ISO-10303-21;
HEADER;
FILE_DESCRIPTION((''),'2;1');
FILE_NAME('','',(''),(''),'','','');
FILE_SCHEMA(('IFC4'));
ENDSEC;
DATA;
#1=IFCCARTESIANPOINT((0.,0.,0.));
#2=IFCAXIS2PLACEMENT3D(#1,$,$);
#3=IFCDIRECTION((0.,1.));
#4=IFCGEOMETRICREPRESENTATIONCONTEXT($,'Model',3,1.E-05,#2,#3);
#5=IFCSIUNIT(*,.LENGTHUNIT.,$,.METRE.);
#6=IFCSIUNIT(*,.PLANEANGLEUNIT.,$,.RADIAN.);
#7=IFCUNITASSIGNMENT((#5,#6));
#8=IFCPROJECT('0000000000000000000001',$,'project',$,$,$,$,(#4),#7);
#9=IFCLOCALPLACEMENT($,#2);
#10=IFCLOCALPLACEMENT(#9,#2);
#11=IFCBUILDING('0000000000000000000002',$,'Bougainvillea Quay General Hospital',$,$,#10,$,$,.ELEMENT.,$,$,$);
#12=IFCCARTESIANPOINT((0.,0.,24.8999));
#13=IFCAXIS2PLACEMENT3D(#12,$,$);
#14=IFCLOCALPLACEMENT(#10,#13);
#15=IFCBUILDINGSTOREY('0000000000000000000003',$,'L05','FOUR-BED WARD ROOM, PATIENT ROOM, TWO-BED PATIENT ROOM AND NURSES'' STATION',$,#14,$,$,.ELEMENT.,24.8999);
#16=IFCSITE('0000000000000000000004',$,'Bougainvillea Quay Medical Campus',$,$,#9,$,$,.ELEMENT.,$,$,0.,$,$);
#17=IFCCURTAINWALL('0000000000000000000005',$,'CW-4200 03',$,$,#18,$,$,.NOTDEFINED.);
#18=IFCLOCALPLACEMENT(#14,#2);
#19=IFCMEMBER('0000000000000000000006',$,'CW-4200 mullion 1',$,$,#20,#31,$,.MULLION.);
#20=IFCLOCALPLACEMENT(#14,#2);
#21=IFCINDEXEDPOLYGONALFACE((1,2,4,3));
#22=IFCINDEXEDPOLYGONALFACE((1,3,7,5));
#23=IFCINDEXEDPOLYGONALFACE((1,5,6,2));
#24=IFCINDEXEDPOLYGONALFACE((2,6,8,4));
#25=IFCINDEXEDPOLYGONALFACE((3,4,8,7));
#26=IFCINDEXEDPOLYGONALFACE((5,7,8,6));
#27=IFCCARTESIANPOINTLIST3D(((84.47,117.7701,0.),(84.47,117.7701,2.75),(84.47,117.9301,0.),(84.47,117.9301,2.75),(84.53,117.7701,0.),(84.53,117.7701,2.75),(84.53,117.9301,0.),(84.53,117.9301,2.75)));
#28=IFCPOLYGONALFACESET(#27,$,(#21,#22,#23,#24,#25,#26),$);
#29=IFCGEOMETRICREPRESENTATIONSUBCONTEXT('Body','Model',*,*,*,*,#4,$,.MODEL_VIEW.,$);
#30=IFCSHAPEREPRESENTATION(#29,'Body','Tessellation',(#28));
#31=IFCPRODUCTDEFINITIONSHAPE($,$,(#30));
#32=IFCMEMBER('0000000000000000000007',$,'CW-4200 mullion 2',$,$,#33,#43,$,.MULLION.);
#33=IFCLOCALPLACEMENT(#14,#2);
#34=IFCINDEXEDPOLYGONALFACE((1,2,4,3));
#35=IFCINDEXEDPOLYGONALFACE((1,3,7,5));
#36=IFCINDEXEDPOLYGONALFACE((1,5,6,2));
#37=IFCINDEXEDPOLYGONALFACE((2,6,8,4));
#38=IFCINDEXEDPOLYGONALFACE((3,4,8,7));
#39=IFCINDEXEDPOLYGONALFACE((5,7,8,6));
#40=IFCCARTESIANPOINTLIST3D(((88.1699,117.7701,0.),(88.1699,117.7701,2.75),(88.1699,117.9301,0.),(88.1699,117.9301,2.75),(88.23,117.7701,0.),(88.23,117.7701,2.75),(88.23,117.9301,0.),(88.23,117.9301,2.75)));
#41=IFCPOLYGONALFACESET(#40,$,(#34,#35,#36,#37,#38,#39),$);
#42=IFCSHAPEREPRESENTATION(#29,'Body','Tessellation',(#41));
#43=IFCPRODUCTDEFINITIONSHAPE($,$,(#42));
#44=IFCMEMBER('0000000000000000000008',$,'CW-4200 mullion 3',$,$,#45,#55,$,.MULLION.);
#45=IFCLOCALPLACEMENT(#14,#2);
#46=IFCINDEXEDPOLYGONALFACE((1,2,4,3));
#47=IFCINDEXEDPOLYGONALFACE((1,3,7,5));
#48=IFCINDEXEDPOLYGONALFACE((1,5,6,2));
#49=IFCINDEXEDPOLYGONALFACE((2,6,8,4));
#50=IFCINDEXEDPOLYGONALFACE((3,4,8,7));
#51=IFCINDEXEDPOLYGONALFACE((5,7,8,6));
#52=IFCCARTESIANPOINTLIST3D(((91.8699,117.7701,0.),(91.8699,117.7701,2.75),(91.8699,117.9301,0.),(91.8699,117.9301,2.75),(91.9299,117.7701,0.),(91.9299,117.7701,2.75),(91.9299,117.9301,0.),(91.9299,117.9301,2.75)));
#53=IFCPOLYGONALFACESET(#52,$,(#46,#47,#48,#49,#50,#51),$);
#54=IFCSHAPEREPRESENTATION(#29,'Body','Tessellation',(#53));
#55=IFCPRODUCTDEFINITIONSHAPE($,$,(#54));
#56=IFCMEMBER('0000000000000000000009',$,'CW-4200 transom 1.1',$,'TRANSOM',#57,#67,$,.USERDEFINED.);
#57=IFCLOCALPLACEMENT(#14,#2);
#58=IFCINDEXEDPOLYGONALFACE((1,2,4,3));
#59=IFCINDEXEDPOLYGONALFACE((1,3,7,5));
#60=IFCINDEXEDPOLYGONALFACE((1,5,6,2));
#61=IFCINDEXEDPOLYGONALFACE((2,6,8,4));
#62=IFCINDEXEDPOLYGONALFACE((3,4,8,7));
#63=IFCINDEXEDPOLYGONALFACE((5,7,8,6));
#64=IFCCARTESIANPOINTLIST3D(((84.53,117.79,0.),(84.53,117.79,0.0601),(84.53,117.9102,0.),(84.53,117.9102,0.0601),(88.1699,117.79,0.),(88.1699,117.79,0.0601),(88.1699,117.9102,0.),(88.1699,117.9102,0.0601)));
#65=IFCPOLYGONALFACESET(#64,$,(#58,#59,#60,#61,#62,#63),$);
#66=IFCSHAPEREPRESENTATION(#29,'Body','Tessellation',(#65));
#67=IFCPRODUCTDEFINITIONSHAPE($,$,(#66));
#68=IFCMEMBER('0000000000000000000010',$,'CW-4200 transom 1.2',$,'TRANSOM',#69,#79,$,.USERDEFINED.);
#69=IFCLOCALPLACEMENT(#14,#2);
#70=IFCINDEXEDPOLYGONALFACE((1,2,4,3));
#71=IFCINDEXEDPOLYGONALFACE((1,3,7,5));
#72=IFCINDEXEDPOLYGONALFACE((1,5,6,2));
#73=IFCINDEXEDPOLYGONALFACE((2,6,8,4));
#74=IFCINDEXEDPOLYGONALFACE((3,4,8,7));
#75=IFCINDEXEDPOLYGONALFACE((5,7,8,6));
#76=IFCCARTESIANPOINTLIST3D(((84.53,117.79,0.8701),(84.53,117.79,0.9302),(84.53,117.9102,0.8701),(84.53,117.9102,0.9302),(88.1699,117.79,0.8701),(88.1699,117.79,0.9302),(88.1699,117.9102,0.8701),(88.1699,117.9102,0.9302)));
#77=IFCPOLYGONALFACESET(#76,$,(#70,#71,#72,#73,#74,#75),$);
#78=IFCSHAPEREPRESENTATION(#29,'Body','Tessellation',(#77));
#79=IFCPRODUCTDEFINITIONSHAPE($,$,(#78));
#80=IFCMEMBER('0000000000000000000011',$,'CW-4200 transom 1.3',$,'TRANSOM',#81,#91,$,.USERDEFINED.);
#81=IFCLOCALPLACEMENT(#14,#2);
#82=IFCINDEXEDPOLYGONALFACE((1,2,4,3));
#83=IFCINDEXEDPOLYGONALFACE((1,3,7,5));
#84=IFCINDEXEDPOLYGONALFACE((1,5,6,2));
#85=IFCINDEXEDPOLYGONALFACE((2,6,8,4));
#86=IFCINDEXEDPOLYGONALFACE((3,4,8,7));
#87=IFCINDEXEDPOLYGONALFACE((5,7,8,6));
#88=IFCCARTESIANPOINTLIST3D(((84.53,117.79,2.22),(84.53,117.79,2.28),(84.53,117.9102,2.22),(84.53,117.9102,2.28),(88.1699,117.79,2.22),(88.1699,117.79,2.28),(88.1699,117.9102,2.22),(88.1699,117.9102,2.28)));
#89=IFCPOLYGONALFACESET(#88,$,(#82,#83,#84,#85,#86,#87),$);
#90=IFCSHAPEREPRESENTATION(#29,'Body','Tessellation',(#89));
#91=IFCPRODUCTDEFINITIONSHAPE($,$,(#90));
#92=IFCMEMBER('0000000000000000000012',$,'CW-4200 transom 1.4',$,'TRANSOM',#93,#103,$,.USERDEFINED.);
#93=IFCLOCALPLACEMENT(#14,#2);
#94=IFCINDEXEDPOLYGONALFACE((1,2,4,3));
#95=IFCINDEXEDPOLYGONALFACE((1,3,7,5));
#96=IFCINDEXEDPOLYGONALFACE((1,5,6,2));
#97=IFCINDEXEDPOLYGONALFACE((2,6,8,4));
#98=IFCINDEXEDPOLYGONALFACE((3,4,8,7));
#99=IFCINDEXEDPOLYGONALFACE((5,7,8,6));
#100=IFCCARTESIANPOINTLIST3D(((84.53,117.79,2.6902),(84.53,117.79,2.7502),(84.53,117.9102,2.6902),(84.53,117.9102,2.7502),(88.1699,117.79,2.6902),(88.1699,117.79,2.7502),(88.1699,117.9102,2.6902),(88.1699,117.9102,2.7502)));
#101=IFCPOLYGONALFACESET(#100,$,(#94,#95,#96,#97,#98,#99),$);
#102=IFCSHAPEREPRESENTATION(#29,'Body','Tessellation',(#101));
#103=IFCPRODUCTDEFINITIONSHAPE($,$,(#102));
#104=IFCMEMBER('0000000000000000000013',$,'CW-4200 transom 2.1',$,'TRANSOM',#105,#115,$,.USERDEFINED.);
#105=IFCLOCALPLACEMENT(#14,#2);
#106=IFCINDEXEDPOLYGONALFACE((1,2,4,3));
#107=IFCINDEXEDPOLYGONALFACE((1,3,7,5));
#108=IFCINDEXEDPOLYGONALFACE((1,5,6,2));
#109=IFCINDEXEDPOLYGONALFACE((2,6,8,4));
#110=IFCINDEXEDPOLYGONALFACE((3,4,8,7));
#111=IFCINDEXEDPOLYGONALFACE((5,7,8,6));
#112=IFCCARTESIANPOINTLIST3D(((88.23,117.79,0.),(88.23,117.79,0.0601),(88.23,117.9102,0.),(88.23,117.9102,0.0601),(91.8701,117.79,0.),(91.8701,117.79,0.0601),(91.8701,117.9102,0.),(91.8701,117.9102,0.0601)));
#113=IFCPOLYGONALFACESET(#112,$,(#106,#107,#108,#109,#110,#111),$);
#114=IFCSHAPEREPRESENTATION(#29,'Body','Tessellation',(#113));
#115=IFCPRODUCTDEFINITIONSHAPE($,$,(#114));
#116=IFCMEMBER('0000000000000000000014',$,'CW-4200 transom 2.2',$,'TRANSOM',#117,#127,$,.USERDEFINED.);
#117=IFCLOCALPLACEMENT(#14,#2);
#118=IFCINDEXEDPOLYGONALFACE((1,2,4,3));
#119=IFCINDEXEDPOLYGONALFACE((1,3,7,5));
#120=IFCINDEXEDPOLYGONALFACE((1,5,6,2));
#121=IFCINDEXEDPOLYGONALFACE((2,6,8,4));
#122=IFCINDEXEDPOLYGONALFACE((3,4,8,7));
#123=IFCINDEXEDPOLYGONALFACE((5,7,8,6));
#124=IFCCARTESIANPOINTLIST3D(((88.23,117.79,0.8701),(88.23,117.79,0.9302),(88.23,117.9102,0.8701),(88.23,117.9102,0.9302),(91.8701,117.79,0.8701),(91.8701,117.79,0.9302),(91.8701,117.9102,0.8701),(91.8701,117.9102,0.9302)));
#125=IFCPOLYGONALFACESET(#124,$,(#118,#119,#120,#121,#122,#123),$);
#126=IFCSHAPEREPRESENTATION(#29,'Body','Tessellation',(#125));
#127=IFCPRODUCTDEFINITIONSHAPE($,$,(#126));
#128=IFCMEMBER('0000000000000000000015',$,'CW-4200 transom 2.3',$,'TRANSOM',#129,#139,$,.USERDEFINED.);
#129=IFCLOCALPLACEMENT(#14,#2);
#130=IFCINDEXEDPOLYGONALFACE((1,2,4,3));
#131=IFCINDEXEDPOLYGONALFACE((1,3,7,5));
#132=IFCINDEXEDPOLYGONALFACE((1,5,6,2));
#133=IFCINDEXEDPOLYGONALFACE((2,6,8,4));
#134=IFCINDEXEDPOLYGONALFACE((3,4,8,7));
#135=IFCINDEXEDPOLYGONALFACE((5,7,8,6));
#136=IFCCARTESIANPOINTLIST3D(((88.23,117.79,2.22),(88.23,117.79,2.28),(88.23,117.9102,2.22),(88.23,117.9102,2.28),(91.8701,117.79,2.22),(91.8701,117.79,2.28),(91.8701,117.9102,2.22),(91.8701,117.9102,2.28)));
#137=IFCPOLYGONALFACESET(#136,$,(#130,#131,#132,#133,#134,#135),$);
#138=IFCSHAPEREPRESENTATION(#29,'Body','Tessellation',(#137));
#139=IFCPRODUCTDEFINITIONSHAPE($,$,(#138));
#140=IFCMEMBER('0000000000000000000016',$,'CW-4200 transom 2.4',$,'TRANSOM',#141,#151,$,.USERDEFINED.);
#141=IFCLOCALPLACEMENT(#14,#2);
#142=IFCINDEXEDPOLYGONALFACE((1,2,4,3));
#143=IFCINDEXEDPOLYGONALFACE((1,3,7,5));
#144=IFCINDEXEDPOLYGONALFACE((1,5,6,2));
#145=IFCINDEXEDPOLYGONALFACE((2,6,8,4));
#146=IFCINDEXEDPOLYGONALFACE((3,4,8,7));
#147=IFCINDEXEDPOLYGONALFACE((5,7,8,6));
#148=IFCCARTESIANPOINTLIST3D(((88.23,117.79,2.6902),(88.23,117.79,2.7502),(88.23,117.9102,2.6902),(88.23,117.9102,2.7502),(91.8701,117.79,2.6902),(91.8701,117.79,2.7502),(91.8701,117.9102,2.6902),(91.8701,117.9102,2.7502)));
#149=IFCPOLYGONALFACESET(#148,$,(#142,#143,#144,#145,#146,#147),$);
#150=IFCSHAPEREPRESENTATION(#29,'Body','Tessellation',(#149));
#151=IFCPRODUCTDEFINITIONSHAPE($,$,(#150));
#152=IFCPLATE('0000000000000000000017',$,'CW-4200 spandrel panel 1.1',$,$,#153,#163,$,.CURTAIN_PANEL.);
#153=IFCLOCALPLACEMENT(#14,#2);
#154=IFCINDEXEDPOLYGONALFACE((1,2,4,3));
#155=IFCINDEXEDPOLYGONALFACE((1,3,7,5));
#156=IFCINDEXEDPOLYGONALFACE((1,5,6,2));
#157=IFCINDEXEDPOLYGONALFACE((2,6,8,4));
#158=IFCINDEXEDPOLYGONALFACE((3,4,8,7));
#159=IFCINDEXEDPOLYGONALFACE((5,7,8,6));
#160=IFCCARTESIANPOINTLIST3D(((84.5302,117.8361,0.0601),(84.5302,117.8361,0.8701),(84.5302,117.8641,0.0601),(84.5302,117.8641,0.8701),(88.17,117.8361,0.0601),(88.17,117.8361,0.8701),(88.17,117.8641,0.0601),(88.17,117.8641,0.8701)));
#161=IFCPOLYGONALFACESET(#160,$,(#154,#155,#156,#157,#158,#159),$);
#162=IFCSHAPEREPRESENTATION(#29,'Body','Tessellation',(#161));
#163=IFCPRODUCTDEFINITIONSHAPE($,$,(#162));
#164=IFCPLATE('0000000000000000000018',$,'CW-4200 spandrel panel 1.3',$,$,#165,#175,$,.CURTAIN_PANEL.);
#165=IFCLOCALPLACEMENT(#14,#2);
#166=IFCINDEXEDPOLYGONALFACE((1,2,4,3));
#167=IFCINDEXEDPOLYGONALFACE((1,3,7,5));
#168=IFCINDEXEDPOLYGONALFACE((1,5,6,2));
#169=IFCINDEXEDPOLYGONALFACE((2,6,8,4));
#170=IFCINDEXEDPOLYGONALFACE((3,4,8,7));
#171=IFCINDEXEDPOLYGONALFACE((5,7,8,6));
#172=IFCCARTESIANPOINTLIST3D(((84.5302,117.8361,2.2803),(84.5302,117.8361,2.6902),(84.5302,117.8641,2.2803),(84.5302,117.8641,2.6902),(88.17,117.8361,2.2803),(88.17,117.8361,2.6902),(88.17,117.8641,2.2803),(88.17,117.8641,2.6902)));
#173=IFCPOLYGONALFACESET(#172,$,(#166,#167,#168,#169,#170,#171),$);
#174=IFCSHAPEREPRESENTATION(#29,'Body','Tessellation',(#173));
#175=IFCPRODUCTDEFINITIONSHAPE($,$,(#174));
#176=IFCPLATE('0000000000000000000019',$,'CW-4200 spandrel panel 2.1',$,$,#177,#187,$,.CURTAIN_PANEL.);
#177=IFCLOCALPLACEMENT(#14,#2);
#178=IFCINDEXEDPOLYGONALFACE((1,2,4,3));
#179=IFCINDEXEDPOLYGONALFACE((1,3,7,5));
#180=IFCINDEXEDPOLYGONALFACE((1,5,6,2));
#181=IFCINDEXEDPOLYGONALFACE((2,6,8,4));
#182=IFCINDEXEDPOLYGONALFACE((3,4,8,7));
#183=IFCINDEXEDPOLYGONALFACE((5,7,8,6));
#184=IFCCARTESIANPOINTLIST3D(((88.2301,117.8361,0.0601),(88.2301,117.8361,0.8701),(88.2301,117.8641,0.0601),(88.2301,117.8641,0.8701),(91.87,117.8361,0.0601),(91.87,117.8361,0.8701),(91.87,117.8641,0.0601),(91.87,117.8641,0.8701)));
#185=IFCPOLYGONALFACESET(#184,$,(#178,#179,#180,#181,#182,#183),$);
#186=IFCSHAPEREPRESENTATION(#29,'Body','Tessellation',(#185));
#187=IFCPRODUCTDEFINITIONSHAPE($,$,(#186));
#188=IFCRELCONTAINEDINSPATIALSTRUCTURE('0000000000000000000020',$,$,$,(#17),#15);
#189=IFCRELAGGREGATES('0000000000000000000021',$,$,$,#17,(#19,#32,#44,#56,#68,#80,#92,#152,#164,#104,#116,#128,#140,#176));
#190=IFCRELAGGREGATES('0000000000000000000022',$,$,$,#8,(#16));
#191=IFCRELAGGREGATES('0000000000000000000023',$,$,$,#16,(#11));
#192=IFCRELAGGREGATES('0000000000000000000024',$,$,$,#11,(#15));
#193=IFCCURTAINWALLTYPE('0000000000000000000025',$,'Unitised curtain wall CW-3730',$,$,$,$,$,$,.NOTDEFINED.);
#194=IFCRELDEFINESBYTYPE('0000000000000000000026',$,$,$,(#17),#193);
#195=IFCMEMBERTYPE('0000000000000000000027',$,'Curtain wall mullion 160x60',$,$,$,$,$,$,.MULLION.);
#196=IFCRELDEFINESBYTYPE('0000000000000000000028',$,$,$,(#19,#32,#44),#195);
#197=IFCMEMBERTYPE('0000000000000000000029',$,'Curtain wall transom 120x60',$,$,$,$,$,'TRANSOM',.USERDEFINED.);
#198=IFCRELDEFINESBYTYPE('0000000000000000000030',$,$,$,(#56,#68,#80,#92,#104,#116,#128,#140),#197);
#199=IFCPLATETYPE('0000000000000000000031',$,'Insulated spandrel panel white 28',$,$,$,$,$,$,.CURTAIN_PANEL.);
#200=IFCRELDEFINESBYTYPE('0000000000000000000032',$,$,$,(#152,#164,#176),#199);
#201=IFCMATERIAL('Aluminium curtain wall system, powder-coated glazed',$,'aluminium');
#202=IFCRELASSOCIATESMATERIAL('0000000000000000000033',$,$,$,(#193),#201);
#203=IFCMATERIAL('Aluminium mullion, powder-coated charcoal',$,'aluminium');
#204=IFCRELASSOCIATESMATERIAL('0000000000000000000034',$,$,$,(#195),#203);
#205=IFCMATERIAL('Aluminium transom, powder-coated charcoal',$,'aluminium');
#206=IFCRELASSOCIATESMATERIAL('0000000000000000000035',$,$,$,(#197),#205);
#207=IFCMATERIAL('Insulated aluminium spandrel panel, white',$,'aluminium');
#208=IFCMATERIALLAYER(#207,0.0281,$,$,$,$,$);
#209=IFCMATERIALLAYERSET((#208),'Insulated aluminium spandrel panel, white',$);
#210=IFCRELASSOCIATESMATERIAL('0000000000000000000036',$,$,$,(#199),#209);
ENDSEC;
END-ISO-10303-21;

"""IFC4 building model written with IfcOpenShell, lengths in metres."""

from ifc_helpers import new_model, si_unit, direction, frame, origin, origin_2d, place, context, subcontext, project, spatial, rectangle, extrude, material, layer, layer_set, material_profile, profile_set, type_object, element, aggregate, save


model = new_model("IFC4")

# Units and contexts
model_context = context("Model", 3, precision=1e-05, world=origin(), true_north=direction((0.0, 1.0)))
body_context = subcontext(model_context, "Body", "Model", "MODEL_VIEW")
ifc_project = project(units=[si_unit("LENGTHUNIT", "METRE"), si_unit("PLANEANGLEUNIT", "RADIAN")], contexts=[model_context])

# Site, building, storey
site_placement = place(None, origin())
site = spatial("IfcSite", under=ifc_project, at=site_placement, Name="Bougainvillea Quay Medical Campus", CompositionType="ELEMENT", RefElevation=0.0)
building_placement = place(site_placement, origin())
building = spatial("IfcBuilding", under=site, at=building_placement, Name="Bougainvillea Quay General Hospital", CompositionType="ELEMENT")
storey_placement = place(building_placement, frame((0.0, 0.0, 24.8999)))
storey = spatial("IfcBuildingStorey", under=building, at=storey_placement, Name="L05", Description="FOUR-BED WARD ROOM, PATIENT ROOM, TWO-BED PATIENT ROOM AND NURSES' STATION", CompositionType="ELEMENT", Elevation=24.8999)

# Curtain wall, members, plates
ifc_material_1 = material(Name="Aluminium curtain wall system, powder-coated glazed", Category="aluminium")
curtain_wall_type = type_object("IfcCurtainWallType", Name="Unitised curtain wall CW-3730", PredefinedType="NOTDEFINED", material=ifc_material_1)
curtain_wall_placement = place(storey_placement, origin())
curtain_wall = element("IfcCurtainWall", 1, at=curtain_wall_placement, inside=storey, type_object=curtain_wall_type, Name="CW-4200 03", PredefinedType="NOTDEFINED")
ifc_material_2 = material(Name="Aluminium mullion, powder-coated charcoal", Category="aluminium")
ifc_material_profile_1 = material_profile(ifc_material_2, rectangle(XDim=0.1599, YDim=0.0601, at=origin_2d()))
ifc_profile_set_1 = profile_set([ifc_material_profile_1], Name="Aluminium mullion, powder-coated charcoal")
member_type_1 = type_object("IfcMemberType", Name="Curtain wall mullion 160x60", PredefinedType="MULLION", material=ifc_profile_set_1)
member_1_placement = place(storey_placement, frame((84.5, 117.8501, 0.0), z_axis=(0.0, 0.0, 1.0), x_axis=(0.0, 1.0, 0.0)))
member_1 = element("IfcMember", 2, at=member_1_placement, type_object=member_type_1, Name="CW-4200 mullion 1", PredefinedType="MULLION", context=body_context, shape_type="SweptSolid", body=[
    extrude(rectangle(XDim=0.1599, YDim=0.0601, at=origin_2d()), origin(), (0.0, 0.0, 1.0), 2.75),
])
member_2_placement = place(storey_placement, frame((88.2, 117.8501, 0.0), z_axis=(0.0, 0.0, 1.0), x_axis=(0.0, 1.0, 0.0)))
member_2 = element("IfcMember", 3, at=member_2_placement, type_object=member_type_1, Name="CW-4200 mullion 2", PredefinedType="MULLION", context=body_context, shape_type="SweptSolid", body=[
    extrude(rectangle(XDim=0.1599, YDim=0.0601, at=origin_2d()), origin(), (0.0, 0.0, 1.0), 2.75),
])
member_3_placement = place(storey_placement, frame((91.8999, 117.8501, 0.0), z_axis=(0.0, 0.0, 1.0), x_axis=(0.0, 1.0, 0.0)))
member_3 = element("IfcMember", 4, at=member_3_placement, type_object=member_type_1, Name="CW-4200 mullion 3", PredefinedType="MULLION", context=body_context, shape_type="SweptSolid", body=[
    extrude(rectangle(XDim=0.1599, YDim=0.0601, at=origin_2d()), origin(), (0.0, 0.0, 1.0), 2.75),
])
ifc_material_3 = material(Name="Aluminium transom, powder-coated charcoal", Category="aluminium")
ifc_material_profile_2 = material_profile(ifc_material_3, rectangle(XDim=0.1201, YDim=0.0601, at=origin_2d()))
ifc_profile_set_2 = profile_set([ifc_material_profile_2], Name="Aluminium transom, powder-coated charcoal")
member_type_2 = type_object("IfcMemberType", Name="Curtain wall transom 120x60", ElementType="TRANSOM", PredefinedType="USERDEFINED", material=ifc_profile_set_2)
member_4_placement = place(storey_placement, frame((84.53, 117.8501, 0.03), z_axis=(1.0, 0.0, 0.0), x_axis=(0.0, 1.0, 0.0)))
member_4 = element("IfcMember", 5, at=member_4_placement, type_object=member_type_2, Name="CW-4200 transom 1.1", ObjectType="TRANSOM", PredefinedType="USERDEFINED", context=body_context, shape_type="SweptSolid", body=[
    extrude(rectangle(XDim=0.1201, YDim=0.0601, at=origin_2d()), origin(), (0.0, 0.0, 1.0), 3.6399),
])
member_5_placement = place(storey_placement, frame((84.53, 117.8501, 0.9001), z_axis=(1.0, 0.0, 0.0), x_axis=(0.0, 1.0, 0.0)))
member_5 = element("IfcMember", 6, at=member_5_placement, type_object=member_type_2, Name="CW-4200 transom 1.2", ObjectType="TRANSOM", PredefinedType="USERDEFINED", context=body_context, shape_type="SweptSolid", body=[
    extrude(rectangle(XDim=0.1201, YDim=0.0601, at=origin_2d()), origin(), (0.0, 0.0, 1.0), 3.6399),
])
member_6_placement = place(storey_placement, frame((84.53, 117.8501, 2.25), z_axis=(1.0, 0.0, 0.0), x_axis=(0.0, 1.0, 0.0)))
member_6 = element("IfcMember", 7, at=member_6_placement, type_object=member_type_2, Name="CW-4200 transom 1.3", ObjectType="TRANSOM", PredefinedType="USERDEFINED", context=body_context, shape_type="SweptSolid", body=[
    extrude(rectangle(XDim=0.1201, YDim=0.0601, at=origin_2d()), origin(), (0.0, 0.0, 1.0), 3.6399),
])
member_7_placement = place(storey_placement, frame((84.53, 117.8501, 2.7202), z_axis=(1.0, 0.0, 0.0), x_axis=(0.0, 1.0, 0.0)))
member_7 = element("IfcMember", 8, at=member_7_placement, type_object=member_type_2, Name="CW-4200 transom 1.4", ObjectType="TRANSOM", PredefinedType="USERDEFINED", context=body_context, shape_type="SweptSolid", body=[
    extrude(rectangle(XDim=0.1201, YDim=0.0601, at=origin_2d()), origin(), (0.0, 0.0, 1.0), 3.6399),
])
member_8_placement = place(storey_placement, frame((88.23, 117.8501, 0.03), z_axis=(1.0, 0.0, 0.0), x_axis=(0.0, 1.0, 0.0)))
member_8 = element("IfcMember", 9, at=member_8_placement, type_object=member_type_2, Name="CW-4200 transom 2.1", ObjectType="TRANSOM", PredefinedType="USERDEFINED", context=body_context, shape_type="SweptSolid", body=[
    extrude(rectangle(XDim=0.1201, YDim=0.0601, at=origin_2d()), origin(), (0.0, 0.0, 1.0), 3.6401),
])
member_9_placement = place(storey_placement, frame((88.23, 117.8501, 0.9001), z_axis=(1.0, 0.0, 0.0), x_axis=(0.0, 1.0, 0.0)))
member_9 = element("IfcMember", 10, at=member_9_placement, type_object=member_type_2, Name="CW-4200 transom 2.2", ObjectType="TRANSOM", PredefinedType="USERDEFINED", context=body_context, shape_type="SweptSolid", body=[
    extrude(rectangle(XDim=0.1201, YDim=0.0601, at=origin_2d()), origin(), (0.0, 0.0, 1.0), 3.6401),
])
member_10_placement = place(storey_placement, frame((88.23, 117.8501, 2.25), z_axis=(1.0, 0.0, 0.0), x_axis=(0.0, 1.0, 0.0)))
member_10 = element("IfcMember", 11, at=member_10_placement, type_object=member_type_2, Name="CW-4200 transom 2.3", ObjectType="TRANSOM", PredefinedType="USERDEFINED", context=body_context, shape_type="SweptSolid", body=[
    extrude(rectangle(XDim=0.1201, YDim=0.0601, at=origin_2d()), origin(), (0.0, 0.0, 1.0), 3.6401),
])
member_11_placement = place(storey_placement, frame((88.23, 117.8501, 2.7202), z_axis=(1.0, 0.0, 0.0), x_axis=(0.0, 1.0, 0.0)))
member_11 = element("IfcMember", 12, at=member_11_placement, type_object=member_type_2, Name="CW-4200 transom 2.4", ObjectType="TRANSOM", PredefinedType="USERDEFINED", context=body_context, shape_type="SweptSolid", body=[
    extrude(rectangle(XDim=0.1201, YDim=0.0601, at=origin_2d()), origin(), (0.0, 0.0, 1.0), 3.6401),
])
ifc_material_4 = material(Name="Insulated aluminium spandrel panel, white", Category="aluminium")
ifc_layer_1 = layer(ifc_material_4, 0.0281)
ifc_layer_set_1 = layer_set([ifc_layer_1], Name="Insulated aluminium spandrel panel, white")
plate_type_1 = type_object("IfcPlateType", Name="Insulated spandrel panel white 28", PredefinedType="CURTAIN_PANEL", material=ifc_layer_set_1)
plate_1_placement = place(storey_placement, frame((86.3501, 117.8501, 0.0601), z_axis=(0.0, 0.0, 1.0), x_axis=(1.0, 0.0, 0.0)))
plate_1 = element("IfcPlate", 13, at=plate_1_placement, type_object=plate_type_1, Name="CW-4200 spandrel panel 1.1", PredefinedType="CURTAIN_PANEL", context=body_context, shape_type="SweptSolid", body=[
    extrude(rectangle(XDim=3.6399, YDim=0.0281, at=origin_2d()), origin(), (0.0, 0.0, 1.0), 0.8101),
])
plate_2_placement = place(storey_placement, frame((86.3501, 117.8501, 2.2803), z_axis=(0.0, 0.0, 1.0), x_axis=(1.0, 0.0, 0.0)))
plate_2 = element("IfcPlate", 14, at=plate_2_placement, type_object=plate_type_1, Name="CW-4200 spandrel panel 1.3", PredefinedType="CURTAIN_PANEL", context=body_context, shape_type="SweptSolid", body=[
    extrude(rectangle(XDim=3.6399, YDim=0.0281, at=origin_2d()), origin(), (0.0, 0.0, 1.0), 0.4099),
])
plate_3_placement = place(storey_placement, frame((90.05, 117.8501, 0.0601), z_axis=(0.0, 0.0, 1.0), x_axis=(1.0, 0.0, 0.0)))
plate_3 = element("IfcPlate", 15, at=plate_3_placement, type_object=plate_type_1, Name="CW-4200 spandrel panel 2.1", PredefinedType="CURTAIN_PANEL", context=body_context, shape_type="SweptSolid", body=[
    extrude(rectangle(XDim=3.6399, YDim=0.0281, at=origin_2d()), origin(), (0.0, 0.0, 1.0), 0.8101),
])
aggregate(curtain_wall, [member_1, member_2, member_3, member_4, member_5, member_6, member_7, plate_1, plate_2, member_8, member_9, member_10, member_11, plate_3])

save(model, "model.ifc")
